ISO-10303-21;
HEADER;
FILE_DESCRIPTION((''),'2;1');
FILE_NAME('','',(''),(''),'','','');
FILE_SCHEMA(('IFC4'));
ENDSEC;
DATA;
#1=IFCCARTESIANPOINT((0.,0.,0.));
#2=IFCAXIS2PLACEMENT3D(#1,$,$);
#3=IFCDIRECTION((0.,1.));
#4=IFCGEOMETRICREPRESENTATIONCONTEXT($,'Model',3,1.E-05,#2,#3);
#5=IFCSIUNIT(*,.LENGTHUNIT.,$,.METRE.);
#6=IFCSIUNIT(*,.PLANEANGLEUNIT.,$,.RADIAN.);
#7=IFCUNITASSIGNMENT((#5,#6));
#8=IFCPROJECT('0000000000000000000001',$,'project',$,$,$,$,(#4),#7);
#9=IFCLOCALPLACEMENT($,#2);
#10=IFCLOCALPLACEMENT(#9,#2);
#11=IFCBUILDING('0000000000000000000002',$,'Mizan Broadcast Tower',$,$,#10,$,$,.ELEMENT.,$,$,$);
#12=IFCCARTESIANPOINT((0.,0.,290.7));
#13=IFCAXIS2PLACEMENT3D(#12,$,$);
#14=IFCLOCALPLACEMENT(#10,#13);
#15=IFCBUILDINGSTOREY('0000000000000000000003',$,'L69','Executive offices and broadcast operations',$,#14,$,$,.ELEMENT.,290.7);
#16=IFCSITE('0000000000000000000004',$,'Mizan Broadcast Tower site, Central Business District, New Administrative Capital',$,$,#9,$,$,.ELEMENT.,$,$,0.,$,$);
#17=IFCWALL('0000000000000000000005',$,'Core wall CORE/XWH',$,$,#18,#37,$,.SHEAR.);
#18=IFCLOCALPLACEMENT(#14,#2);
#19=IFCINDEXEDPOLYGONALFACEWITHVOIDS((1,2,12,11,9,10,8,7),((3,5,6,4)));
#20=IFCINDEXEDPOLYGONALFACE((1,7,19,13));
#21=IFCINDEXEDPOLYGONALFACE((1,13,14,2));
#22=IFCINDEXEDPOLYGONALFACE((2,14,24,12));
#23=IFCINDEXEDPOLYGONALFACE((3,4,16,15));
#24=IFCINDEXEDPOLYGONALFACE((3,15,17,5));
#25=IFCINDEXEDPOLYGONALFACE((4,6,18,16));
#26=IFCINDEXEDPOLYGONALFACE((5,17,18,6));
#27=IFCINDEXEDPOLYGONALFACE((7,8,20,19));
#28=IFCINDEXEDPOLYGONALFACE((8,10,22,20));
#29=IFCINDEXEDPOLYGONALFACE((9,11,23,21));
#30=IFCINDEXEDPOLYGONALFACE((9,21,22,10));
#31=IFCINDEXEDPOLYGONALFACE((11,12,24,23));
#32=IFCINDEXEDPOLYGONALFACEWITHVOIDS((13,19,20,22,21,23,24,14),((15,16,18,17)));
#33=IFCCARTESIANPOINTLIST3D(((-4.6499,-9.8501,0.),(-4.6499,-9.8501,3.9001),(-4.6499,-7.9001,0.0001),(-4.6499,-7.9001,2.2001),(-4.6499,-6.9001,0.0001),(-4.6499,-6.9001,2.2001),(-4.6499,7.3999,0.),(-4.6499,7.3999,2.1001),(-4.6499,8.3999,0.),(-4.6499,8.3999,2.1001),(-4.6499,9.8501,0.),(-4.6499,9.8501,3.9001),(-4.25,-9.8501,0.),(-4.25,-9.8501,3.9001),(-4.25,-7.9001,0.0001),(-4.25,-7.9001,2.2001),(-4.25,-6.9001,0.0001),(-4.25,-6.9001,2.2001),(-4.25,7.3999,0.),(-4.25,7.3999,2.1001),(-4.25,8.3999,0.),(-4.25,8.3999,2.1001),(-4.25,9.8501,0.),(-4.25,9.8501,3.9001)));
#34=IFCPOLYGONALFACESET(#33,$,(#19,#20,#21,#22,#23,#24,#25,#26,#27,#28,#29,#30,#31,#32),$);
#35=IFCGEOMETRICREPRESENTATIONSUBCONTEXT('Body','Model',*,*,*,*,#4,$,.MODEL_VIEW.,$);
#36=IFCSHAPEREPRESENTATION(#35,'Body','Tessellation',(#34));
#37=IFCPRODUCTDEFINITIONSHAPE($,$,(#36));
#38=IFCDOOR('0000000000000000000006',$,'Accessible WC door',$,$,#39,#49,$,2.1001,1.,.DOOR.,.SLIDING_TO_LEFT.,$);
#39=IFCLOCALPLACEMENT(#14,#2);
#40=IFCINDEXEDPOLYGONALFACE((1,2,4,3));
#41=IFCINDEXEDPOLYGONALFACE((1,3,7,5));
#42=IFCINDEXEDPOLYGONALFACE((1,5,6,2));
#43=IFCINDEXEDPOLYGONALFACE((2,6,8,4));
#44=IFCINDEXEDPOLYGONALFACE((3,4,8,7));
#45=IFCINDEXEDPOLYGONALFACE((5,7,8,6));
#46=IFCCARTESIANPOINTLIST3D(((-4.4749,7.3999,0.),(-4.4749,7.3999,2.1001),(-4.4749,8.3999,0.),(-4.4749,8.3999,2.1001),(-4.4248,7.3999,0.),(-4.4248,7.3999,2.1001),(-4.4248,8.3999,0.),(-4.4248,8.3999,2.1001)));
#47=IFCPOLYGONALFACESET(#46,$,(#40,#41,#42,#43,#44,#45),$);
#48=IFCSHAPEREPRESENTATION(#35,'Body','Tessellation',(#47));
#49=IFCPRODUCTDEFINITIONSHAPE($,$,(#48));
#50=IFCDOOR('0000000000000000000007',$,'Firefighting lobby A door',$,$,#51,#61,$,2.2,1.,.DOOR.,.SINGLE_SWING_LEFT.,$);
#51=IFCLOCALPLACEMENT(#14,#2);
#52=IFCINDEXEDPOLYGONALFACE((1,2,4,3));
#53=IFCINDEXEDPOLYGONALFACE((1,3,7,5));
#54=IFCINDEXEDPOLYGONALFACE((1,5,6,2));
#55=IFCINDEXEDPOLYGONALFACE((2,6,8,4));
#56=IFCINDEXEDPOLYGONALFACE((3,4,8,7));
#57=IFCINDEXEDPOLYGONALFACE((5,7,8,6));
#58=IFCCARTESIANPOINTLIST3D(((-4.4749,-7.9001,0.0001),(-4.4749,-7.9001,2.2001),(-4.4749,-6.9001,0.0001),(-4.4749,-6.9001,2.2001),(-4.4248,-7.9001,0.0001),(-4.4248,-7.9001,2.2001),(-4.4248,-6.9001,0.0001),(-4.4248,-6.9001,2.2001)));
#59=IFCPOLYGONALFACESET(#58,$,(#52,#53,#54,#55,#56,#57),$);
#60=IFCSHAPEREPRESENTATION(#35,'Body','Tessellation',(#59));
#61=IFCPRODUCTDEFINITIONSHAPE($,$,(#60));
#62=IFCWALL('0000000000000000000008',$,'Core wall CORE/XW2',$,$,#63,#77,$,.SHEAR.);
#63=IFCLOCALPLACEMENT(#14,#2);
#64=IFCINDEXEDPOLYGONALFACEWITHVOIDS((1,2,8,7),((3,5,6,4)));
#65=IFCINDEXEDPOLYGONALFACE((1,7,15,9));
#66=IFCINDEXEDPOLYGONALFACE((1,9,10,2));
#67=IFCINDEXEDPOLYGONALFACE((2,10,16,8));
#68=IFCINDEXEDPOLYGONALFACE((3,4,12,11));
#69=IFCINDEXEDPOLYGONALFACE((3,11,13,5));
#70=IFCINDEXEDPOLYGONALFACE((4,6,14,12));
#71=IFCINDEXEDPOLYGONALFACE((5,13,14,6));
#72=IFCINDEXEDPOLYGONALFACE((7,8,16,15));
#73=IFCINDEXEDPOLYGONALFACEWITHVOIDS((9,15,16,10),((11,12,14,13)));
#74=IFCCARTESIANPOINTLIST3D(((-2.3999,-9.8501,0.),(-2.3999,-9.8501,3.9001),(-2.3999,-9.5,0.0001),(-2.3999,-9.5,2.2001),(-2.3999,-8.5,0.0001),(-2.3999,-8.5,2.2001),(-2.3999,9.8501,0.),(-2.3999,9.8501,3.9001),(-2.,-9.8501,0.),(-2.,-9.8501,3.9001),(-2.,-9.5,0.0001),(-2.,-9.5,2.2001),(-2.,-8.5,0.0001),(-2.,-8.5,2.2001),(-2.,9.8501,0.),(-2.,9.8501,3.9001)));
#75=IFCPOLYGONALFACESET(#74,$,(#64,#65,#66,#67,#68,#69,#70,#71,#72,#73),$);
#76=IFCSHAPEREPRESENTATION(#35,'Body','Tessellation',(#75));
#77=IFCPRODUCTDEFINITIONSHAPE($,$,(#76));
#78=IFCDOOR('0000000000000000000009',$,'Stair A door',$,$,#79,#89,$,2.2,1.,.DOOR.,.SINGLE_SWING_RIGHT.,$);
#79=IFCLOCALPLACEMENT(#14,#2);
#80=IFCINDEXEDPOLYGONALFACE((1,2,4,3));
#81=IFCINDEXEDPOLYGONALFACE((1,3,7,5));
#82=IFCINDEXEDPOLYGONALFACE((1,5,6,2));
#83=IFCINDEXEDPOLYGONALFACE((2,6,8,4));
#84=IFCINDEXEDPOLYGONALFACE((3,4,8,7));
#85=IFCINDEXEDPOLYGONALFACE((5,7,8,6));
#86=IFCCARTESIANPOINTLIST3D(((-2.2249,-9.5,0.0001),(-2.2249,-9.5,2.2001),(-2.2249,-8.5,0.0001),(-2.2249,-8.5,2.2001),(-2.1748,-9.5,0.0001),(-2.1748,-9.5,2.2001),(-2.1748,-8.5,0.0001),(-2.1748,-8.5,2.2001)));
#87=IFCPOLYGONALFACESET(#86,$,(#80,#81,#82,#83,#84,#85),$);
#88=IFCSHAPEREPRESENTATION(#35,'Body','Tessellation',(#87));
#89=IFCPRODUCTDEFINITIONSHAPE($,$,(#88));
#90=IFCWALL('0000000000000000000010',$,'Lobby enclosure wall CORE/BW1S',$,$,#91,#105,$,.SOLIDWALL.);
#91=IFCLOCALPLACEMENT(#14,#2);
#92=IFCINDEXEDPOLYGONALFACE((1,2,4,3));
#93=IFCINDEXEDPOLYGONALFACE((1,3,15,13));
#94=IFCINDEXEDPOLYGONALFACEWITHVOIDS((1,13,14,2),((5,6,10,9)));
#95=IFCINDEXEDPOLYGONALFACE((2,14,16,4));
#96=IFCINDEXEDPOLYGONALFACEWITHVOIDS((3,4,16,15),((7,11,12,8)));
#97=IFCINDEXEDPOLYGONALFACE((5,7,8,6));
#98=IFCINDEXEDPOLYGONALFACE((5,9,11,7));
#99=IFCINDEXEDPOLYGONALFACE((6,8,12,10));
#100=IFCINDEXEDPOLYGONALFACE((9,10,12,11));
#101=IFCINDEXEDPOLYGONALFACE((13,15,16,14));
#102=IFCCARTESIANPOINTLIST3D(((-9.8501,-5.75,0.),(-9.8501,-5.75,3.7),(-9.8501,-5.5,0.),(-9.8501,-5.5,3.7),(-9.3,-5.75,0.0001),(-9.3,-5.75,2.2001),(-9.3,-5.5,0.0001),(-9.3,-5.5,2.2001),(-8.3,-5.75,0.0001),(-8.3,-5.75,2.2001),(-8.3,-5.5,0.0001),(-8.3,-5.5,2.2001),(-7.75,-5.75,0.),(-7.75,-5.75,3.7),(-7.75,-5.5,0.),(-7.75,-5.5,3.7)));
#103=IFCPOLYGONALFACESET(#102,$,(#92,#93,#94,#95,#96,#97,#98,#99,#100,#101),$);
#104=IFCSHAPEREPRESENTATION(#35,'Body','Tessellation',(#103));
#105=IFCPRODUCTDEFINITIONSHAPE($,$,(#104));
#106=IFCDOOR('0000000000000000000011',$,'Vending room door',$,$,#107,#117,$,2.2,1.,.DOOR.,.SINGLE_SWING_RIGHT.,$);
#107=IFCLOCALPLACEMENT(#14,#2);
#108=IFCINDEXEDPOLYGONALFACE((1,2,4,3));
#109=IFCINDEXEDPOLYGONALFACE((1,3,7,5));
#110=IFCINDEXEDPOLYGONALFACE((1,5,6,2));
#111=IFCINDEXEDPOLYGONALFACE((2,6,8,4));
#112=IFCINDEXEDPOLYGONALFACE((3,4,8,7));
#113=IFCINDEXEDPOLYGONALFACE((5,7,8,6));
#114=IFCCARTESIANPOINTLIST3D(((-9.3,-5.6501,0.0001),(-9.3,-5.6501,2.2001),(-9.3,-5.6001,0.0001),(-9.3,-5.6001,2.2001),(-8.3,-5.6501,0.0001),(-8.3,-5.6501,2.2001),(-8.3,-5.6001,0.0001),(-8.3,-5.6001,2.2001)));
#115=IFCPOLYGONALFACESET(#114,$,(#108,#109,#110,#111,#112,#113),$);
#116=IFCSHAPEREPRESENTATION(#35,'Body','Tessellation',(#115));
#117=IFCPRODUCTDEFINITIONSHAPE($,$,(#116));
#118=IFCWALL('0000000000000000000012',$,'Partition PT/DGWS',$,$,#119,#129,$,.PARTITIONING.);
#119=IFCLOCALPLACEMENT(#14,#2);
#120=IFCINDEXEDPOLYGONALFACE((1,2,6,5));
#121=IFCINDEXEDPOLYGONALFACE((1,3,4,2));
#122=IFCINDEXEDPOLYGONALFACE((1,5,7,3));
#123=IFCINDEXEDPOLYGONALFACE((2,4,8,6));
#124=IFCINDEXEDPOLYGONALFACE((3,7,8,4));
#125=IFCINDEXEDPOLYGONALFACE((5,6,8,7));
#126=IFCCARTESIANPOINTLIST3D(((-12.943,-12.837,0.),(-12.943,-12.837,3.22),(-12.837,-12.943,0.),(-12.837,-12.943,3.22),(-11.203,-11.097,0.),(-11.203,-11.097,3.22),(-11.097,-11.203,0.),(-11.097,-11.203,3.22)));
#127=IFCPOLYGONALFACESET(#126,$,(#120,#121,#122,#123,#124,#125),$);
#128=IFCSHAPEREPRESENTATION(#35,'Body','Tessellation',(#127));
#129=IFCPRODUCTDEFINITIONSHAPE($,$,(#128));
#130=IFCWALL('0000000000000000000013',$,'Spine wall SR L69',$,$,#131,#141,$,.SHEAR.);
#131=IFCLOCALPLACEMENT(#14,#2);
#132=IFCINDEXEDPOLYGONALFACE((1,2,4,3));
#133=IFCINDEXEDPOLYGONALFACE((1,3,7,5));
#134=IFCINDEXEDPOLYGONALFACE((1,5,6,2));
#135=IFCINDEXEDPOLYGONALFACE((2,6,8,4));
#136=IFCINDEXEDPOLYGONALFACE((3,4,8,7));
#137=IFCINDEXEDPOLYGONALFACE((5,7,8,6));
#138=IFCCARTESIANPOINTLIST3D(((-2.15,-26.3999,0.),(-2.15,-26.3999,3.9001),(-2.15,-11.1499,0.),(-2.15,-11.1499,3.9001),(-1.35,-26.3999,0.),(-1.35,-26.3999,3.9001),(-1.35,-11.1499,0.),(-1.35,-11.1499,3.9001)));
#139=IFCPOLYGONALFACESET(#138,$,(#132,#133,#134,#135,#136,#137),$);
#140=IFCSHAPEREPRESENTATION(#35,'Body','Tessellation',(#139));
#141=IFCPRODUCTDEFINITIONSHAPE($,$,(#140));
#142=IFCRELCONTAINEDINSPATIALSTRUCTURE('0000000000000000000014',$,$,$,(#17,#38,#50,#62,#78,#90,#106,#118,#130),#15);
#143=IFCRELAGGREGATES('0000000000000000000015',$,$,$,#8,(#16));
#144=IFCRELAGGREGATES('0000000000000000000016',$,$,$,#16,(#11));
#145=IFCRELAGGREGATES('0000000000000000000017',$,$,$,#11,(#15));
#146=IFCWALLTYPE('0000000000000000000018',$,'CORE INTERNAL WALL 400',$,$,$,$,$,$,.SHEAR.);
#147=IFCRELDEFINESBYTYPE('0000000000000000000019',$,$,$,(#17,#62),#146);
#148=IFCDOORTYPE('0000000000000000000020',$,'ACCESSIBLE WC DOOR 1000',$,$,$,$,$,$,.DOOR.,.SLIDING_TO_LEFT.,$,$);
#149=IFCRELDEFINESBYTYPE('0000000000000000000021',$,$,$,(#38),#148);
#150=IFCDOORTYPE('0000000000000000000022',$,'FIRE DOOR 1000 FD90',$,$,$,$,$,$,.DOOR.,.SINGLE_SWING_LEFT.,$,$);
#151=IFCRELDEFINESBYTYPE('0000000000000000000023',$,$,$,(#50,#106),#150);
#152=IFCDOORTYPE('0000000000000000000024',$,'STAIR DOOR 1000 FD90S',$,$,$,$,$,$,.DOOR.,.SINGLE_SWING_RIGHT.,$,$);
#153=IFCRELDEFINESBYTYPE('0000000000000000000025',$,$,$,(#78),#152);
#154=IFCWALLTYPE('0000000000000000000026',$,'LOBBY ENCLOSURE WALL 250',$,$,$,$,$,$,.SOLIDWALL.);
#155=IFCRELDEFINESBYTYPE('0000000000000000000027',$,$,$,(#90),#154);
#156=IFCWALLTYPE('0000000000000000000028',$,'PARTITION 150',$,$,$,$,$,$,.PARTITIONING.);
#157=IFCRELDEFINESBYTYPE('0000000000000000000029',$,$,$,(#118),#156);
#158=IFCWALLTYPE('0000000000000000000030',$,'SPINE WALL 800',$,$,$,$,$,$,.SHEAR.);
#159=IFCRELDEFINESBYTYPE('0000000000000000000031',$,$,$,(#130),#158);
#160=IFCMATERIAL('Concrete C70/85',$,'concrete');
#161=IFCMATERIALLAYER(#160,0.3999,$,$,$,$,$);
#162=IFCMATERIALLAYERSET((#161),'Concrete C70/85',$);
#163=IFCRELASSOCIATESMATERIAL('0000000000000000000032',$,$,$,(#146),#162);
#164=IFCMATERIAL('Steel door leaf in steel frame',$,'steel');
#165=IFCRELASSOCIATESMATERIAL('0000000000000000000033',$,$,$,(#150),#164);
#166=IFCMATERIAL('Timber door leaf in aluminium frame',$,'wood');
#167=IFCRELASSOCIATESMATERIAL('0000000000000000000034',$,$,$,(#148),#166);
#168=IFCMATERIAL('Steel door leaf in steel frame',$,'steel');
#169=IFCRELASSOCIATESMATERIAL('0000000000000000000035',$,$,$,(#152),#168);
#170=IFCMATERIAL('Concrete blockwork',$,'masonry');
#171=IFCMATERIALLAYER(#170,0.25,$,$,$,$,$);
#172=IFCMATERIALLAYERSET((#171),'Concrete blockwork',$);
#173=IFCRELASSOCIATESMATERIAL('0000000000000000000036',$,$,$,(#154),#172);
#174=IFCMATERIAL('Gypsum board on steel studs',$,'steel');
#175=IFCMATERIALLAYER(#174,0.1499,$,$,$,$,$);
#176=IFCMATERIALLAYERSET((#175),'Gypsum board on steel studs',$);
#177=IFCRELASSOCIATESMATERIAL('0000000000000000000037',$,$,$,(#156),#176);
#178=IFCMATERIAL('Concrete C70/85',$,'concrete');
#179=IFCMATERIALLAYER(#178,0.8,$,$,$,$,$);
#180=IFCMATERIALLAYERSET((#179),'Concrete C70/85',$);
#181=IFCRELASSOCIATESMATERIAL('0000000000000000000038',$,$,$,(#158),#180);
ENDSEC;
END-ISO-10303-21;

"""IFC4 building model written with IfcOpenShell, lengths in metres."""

from ifc_helpers import new_model, si_unit, direction, frame, frame_2d, origin, place, context, subcontext, project, spatial, rectangle, extrude, material, layer, layer_set, type_object, element, fill, save


model = new_model("IFC4")

# Units and contexts
model_context = context("Model", 3, precision=1e-05, world=origin(), true_north=direction((0.0, 1.0)))
body_context = subcontext(model_context, "Body", "Model", "MODEL_VIEW")
ifc_project = project(units=[si_unit("LENGTHUNIT", "METRE"), si_unit("PLANEANGLEUNIT", "RADIAN")], contexts=[model_context])

# Site, building, storey
site_placement = place(None, origin())
site = spatial("IfcSite", under=ifc_project, at=site_placement, Name="Mizan Broadcast Tower site, Central Business District, New Administrative Capital", CompositionType="ELEMENT", RefElevation=0.0)
building_placement = place(site_placement, origin())
building = spatial("IfcBuilding", under=site, at=building_placement, Name="Mizan Broadcast Tower", CompositionType="ELEMENT")
storey_placement = place(building_placement, frame((0.0, 0.0, 290.7)))
storey = spatial("IfcBuildingStorey", under=building, at=storey_placement, Name="L69", Description="Executive offices and broadcast operations", CompositionType="ELEMENT", Elevation=290.7)

# Wall, openings, doors
ifc_material_1 = material(Name="Concrete C70/85", Category="concrete")
ifc_layer_1 = layer(ifc_material_1, 0.3999)
ifc_layer_set_1 = layer_set([ifc_layer_1], Name="Concrete C70/85")
wall_type_1 = type_object("IfcWallType", Name="CORE INTERNAL WALL 400", PredefinedType="SHEAR", material=ifc_layer_set_1)
ifc_material_2 = material(Name="Steel door leaf in steel frame", Category="steel")
door_type_1 = type_object("IfcDoorType", Name="FIRE DOOR 1000 FD90", OperationType="SINGLE_SWING_LEFT", PredefinedType="DOOR", material=ifc_material_2)
wall_1_placement = place(storey_placement, frame((-4.45, -9.8501, 0.0), z_axis=(0.0, 0.0, 1.0), x_axis=(0.0, 1.0, 0.0)))
wall_1 = element("IfcWall", 1, at=wall_1_placement, inside=storey, type_object=wall_type_1, Name="Core wall CORE/XWH", PredefinedType="SHEAR", context=body_context, shape_type="SweptSolid", body=[
    extrude(rectangle(XDim=19.7002, YDim=0.3999, at=frame_2d((9.8501, 0.0))), origin(), (0.0, 0.0, 1.0), 3.9001),
])
opening_1_placement = place(wall_1_placement, frame((1.95, 0.0, 0.0)))
opening_1 = element("IfcOpeningElement", 2, at=opening_1_placement, cuts=wall_1, PredefinedType="OPENING", context=body_context, shape_type="SweptSolid", body=[
    extrude(rectangle(XDim=1.0, YDim=2.2, at=frame_2d((0.5, 1.1001))), frame((0.0, 0.21, 0.0), z_axis=(0.0, -1.0, 0.0), x_axis=(1.0, 0.0, 0.0)), (0.0, 0.0, 1.0), 0.4199),
])
opening_2_placement = place(wall_1_placement, frame((17.25, 0.0, 0.0)))
opening_2 = element("IfcOpeningElement", 3, at=opening_2_placement, cuts=wall_1, PredefinedType="OPENING", context=body_context, shape_type="SweptSolid", body=[
    extrude(rectangle(XDim=1.0, YDim=2.1001, at=frame_2d((0.5, 1.05))), frame((0.0, 0.21, 0.0), z_axis=(0.0, -1.0, 0.0), x_axis=(1.0, 0.0, 0.0)), (0.0, 0.0, 1.0), 0.4199),
])
ifc_material_3 = material(Name="Timber door leaf in aluminium frame", Category="wood")
door_type_2 = type_object("IfcDoorType", Name="ACCESSIBLE WC DOOR 1000", OperationType="SLIDING_TO_LEFT", PredefinedType="DOOR", material=ifc_material_3)
door_1_placement = place(opening_2_placement, origin())
door_1 = element("IfcDoor", 4, at=door_1_placement, inside=storey, type_object=door_type_2, Name="Accessible WC door", OperationType="SLIDING_TO_LEFT", OverallHeight=2.1001, OverallWidth=1.0, PredefinedType="DOOR", context=body_context, shape_type="SweptSolid", body=[
    extrude(rectangle(XDim=1.0, YDim=2.1001, at=frame_2d((0.5, 1.05))), frame((0.0, 0.0249, 0.0), z_axis=(0.0, -1.0, 0.0), x_axis=(1.0, 0.0, 0.0)), (0.0, 0.0, 1.0), 0.05),
])
fill(opening_2, door_1)
door_2_placement = place(opening_1_placement, origin())
door_2 = element("IfcDoor", 5, at=door_2_placement, inside=storey, type_object=door_type_1, Name="Firefighting lobby A door", OperationType="SINGLE_SWING_LEFT", OverallHeight=2.2, OverallWidth=1.0, PredefinedType="DOOR", context=body_context, shape_type="SweptSolid", body=[
    extrude(rectangle(XDim=1.0, YDim=2.2, at=frame_2d((0.5, 1.1001))), frame((0.0, 0.0249, 0.0), z_axis=(0.0, -1.0, 0.0), x_axis=(1.0, 0.0, 0.0)), (0.0, 0.0, 1.0), 0.05),
])
fill(opening_1, door_2)

# Walls, openings, doors
wall_2_placement = place(storey_placement, frame((-2.2, -9.8501, 0.0), z_axis=(0.0, 0.0, 1.0), x_axis=(0.0, 1.0, 0.0)))
wall_2 = element("IfcWall", 6, at=wall_2_placement, inside=storey, type_object=wall_type_1, Name="Core wall CORE/XW2", PredefinedType="SHEAR", context=body_context, shape_type="SweptSolid", body=[
    extrude(rectangle(XDim=19.7002, YDim=0.3999, at=frame_2d((9.8501, 0.0))), origin(), (0.0, 0.0, 1.0), 3.9001),
])
opening_3_placement = place(wall_2_placement, frame((0.3501, 0.0, 0.0)))
opening_3 = element("IfcOpeningElement", 7, at=opening_3_placement, cuts=wall_2, PredefinedType="OPENING", context=body_context, shape_type="SweptSolid", body=[
    extrude(rectangle(XDim=1.0, YDim=2.2, at=frame_2d((0.5, 1.1001))), frame((0.0, 0.21, 0.0), z_axis=(0.0, -1.0, 0.0), x_axis=(1.0, 0.0, 0.0)), (0.0, 0.0, 1.0), 0.4199),
])
ifc_material_4 = material(Name="Steel door leaf in steel frame", Category="steel")
door_type_3 = type_object("IfcDoorType", Name="STAIR DOOR 1000 FD90S", OperationType="SINGLE_SWING_RIGHT", PredefinedType="DOOR", material=ifc_material_4)
door_3_placement = place(opening_3_placement, origin())
door_3 = element("IfcDoor", 8, at=door_3_placement, inside=storey, type_object=door_type_3, Name="Stair A door", OperationType="SINGLE_SWING_RIGHT", OverallHeight=2.2, OverallWidth=1.0, PredefinedType="DOOR", context=body_context, shape_type="SweptSolid", body=[
    extrude(rectangle(XDim=1.0, YDim=2.2, at=frame_2d((0.5, 1.1001))), frame((0.0, 0.0249, 0.0), z_axis=(0.0, -1.0, 0.0), x_axis=(1.0, 0.0, 0.0)), (0.0, 0.0, 1.0), 0.05),
])
fill(opening_3, door_3)
ifc_material_5 = material(Name="Concrete blockwork", Category="masonry")
ifc_layer_2 = layer(ifc_material_5, 0.25)
ifc_layer_set_2 = layer_set([ifc_layer_2], Name="Concrete blockwork")
wall_type_2 = type_object("IfcWallType", Name="LOBBY ENCLOSURE WALL 250", PredefinedType="SOLIDWALL", material=ifc_layer_set_2)
wall_3_placement = place(storey_placement, frame((-9.8501, -5.625, 0.0), z_axis=(0.0, 0.0, 1.0), x_axis=(1.0, 0.0, 0.0)))
wall_3 = element("IfcWall", 9, at=wall_3_placement, inside=storey, type_object=wall_type_2, Name="Lobby enclosure wall CORE/BW1S", PredefinedType="SOLIDWALL", context=body_context, shape_type="SweptSolid", body=[
    extrude(rectangle(XDim=2.1001, YDim=0.25, at=frame_2d((1.05, 0.0))), origin(), (0.0, 0.0, 1.0), 3.7),
])
opening_4_placement = place(wall_3_placement, frame((0.55, 0.0, 0.0)))
opening_4 = element("IfcOpeningElement", 10, at=opening_4_placement, cuts=wall_3, PredefinedType="OPENING", context=body_context, shape_type="SweptSolid", body=[
    extrude(rectangle(XDim=1.0, YDim=2.2, at=frame_2d((0.5, 1.1001))), frame((0.0, 0.135, 0.0), z_axis=(0.0, -1.0, 0.0), x_axis=(1.0, 0.0, 0.0)), (0.0, 0.0, 1.0), 0.27),
])
door_4_placement = place(opening_4_placement, origin())
door_4 = element("IfcDoor", 11, at=door_4_placement, inside=storey, type_object=door_type_1, Name="Vending room door", OperationType="SINGLE_SWING_RIGHT", OverallHeight=2.2, OverallWidth=1.0, PredefinedType="DOOR", context=body_context, shape_type="SweptSolid", body=[
    extrude(rectangle(XDim=1.0, YDim=2.2, at=frame_2d((0.5, 1.1001))), frame((0.0, 0.0249, 0.0), z_axis=(0.0, -1.0, 0.0), x_axis=(1.0, 0.0, 0.0)), (0.0, 0.0, 1.0), 0.05),
])
fill(opening_4, door_4)

# Walls
ifc_material_6 = material(Name="Gypsum board on steel studs", Category="steel")
ifc_layer_3 = layer(ifc_material_6, 0.1499)
ifc_layer_set_3 = layer_set([ifc_layer_3], Name="Gypsum board on steel studs")
wall_type_3 = type_object("IfcWallType", Name="PARTITION 150", PredefinedType="PARTITIONING", material=ifc_layer_set_3)
wall_4_placement = place(storey_placement, frame((-11.1499, -11.1499, 0.0), z_axis=(0.0, 0.0, 1.0), x_axis=(-0.707107, -0.707107, 0.0)))
element("IfcWall", 12, at=wall_4_placement, inside=storey, type_object=wall_type_3, Name="Partition PT/DGWS", PredefinedType="PARTITIONING", context=body_context, shape_type="SweptSolid", body=[
    extrude(rectangle(XDim=2.4607, YDim=0.1499, at=frame_2d((1.2305, 0.0))), origin(), (0.0, 0.0, 1.0), 3.22),
])
ifc_material_7 = material(Name="Concrete C70/85", Category="concrete")
ifc_layer_4 = layer(ifc_material_7, 0.8)
ifc_layer_set_4 = layer_set([ifc_layer_4], Name="Concrete C70/85")
wall_type_4 = type_object("IfcWallType", Name="SPINE WALL 800", PredefinedType="SHEAR", material=ifc_layer_set_4)
wall_5_placement = place(storey_placement, frame((-1.75, -11.1499, 0.0), z_axis=(0.0, 0.0, 1.0), x_axis=(0.0, -1.0, 0.0)))
element("IfcWall", 13, at=wall_5_placement, inside=storey, type_object=wall_type_4, Name="Spine wall SR L69", PredefinedType="SHEAR", context=body_context, shape_type="SweptSolid", body=[
    extrude(rectangle(XDim=15.25, YDim=0.8, at=frame_2d((7.625, 0.0))), origin(), (0.0, 0.0, 1.0), 3.9001),
])

save(model, "model.ifc")
